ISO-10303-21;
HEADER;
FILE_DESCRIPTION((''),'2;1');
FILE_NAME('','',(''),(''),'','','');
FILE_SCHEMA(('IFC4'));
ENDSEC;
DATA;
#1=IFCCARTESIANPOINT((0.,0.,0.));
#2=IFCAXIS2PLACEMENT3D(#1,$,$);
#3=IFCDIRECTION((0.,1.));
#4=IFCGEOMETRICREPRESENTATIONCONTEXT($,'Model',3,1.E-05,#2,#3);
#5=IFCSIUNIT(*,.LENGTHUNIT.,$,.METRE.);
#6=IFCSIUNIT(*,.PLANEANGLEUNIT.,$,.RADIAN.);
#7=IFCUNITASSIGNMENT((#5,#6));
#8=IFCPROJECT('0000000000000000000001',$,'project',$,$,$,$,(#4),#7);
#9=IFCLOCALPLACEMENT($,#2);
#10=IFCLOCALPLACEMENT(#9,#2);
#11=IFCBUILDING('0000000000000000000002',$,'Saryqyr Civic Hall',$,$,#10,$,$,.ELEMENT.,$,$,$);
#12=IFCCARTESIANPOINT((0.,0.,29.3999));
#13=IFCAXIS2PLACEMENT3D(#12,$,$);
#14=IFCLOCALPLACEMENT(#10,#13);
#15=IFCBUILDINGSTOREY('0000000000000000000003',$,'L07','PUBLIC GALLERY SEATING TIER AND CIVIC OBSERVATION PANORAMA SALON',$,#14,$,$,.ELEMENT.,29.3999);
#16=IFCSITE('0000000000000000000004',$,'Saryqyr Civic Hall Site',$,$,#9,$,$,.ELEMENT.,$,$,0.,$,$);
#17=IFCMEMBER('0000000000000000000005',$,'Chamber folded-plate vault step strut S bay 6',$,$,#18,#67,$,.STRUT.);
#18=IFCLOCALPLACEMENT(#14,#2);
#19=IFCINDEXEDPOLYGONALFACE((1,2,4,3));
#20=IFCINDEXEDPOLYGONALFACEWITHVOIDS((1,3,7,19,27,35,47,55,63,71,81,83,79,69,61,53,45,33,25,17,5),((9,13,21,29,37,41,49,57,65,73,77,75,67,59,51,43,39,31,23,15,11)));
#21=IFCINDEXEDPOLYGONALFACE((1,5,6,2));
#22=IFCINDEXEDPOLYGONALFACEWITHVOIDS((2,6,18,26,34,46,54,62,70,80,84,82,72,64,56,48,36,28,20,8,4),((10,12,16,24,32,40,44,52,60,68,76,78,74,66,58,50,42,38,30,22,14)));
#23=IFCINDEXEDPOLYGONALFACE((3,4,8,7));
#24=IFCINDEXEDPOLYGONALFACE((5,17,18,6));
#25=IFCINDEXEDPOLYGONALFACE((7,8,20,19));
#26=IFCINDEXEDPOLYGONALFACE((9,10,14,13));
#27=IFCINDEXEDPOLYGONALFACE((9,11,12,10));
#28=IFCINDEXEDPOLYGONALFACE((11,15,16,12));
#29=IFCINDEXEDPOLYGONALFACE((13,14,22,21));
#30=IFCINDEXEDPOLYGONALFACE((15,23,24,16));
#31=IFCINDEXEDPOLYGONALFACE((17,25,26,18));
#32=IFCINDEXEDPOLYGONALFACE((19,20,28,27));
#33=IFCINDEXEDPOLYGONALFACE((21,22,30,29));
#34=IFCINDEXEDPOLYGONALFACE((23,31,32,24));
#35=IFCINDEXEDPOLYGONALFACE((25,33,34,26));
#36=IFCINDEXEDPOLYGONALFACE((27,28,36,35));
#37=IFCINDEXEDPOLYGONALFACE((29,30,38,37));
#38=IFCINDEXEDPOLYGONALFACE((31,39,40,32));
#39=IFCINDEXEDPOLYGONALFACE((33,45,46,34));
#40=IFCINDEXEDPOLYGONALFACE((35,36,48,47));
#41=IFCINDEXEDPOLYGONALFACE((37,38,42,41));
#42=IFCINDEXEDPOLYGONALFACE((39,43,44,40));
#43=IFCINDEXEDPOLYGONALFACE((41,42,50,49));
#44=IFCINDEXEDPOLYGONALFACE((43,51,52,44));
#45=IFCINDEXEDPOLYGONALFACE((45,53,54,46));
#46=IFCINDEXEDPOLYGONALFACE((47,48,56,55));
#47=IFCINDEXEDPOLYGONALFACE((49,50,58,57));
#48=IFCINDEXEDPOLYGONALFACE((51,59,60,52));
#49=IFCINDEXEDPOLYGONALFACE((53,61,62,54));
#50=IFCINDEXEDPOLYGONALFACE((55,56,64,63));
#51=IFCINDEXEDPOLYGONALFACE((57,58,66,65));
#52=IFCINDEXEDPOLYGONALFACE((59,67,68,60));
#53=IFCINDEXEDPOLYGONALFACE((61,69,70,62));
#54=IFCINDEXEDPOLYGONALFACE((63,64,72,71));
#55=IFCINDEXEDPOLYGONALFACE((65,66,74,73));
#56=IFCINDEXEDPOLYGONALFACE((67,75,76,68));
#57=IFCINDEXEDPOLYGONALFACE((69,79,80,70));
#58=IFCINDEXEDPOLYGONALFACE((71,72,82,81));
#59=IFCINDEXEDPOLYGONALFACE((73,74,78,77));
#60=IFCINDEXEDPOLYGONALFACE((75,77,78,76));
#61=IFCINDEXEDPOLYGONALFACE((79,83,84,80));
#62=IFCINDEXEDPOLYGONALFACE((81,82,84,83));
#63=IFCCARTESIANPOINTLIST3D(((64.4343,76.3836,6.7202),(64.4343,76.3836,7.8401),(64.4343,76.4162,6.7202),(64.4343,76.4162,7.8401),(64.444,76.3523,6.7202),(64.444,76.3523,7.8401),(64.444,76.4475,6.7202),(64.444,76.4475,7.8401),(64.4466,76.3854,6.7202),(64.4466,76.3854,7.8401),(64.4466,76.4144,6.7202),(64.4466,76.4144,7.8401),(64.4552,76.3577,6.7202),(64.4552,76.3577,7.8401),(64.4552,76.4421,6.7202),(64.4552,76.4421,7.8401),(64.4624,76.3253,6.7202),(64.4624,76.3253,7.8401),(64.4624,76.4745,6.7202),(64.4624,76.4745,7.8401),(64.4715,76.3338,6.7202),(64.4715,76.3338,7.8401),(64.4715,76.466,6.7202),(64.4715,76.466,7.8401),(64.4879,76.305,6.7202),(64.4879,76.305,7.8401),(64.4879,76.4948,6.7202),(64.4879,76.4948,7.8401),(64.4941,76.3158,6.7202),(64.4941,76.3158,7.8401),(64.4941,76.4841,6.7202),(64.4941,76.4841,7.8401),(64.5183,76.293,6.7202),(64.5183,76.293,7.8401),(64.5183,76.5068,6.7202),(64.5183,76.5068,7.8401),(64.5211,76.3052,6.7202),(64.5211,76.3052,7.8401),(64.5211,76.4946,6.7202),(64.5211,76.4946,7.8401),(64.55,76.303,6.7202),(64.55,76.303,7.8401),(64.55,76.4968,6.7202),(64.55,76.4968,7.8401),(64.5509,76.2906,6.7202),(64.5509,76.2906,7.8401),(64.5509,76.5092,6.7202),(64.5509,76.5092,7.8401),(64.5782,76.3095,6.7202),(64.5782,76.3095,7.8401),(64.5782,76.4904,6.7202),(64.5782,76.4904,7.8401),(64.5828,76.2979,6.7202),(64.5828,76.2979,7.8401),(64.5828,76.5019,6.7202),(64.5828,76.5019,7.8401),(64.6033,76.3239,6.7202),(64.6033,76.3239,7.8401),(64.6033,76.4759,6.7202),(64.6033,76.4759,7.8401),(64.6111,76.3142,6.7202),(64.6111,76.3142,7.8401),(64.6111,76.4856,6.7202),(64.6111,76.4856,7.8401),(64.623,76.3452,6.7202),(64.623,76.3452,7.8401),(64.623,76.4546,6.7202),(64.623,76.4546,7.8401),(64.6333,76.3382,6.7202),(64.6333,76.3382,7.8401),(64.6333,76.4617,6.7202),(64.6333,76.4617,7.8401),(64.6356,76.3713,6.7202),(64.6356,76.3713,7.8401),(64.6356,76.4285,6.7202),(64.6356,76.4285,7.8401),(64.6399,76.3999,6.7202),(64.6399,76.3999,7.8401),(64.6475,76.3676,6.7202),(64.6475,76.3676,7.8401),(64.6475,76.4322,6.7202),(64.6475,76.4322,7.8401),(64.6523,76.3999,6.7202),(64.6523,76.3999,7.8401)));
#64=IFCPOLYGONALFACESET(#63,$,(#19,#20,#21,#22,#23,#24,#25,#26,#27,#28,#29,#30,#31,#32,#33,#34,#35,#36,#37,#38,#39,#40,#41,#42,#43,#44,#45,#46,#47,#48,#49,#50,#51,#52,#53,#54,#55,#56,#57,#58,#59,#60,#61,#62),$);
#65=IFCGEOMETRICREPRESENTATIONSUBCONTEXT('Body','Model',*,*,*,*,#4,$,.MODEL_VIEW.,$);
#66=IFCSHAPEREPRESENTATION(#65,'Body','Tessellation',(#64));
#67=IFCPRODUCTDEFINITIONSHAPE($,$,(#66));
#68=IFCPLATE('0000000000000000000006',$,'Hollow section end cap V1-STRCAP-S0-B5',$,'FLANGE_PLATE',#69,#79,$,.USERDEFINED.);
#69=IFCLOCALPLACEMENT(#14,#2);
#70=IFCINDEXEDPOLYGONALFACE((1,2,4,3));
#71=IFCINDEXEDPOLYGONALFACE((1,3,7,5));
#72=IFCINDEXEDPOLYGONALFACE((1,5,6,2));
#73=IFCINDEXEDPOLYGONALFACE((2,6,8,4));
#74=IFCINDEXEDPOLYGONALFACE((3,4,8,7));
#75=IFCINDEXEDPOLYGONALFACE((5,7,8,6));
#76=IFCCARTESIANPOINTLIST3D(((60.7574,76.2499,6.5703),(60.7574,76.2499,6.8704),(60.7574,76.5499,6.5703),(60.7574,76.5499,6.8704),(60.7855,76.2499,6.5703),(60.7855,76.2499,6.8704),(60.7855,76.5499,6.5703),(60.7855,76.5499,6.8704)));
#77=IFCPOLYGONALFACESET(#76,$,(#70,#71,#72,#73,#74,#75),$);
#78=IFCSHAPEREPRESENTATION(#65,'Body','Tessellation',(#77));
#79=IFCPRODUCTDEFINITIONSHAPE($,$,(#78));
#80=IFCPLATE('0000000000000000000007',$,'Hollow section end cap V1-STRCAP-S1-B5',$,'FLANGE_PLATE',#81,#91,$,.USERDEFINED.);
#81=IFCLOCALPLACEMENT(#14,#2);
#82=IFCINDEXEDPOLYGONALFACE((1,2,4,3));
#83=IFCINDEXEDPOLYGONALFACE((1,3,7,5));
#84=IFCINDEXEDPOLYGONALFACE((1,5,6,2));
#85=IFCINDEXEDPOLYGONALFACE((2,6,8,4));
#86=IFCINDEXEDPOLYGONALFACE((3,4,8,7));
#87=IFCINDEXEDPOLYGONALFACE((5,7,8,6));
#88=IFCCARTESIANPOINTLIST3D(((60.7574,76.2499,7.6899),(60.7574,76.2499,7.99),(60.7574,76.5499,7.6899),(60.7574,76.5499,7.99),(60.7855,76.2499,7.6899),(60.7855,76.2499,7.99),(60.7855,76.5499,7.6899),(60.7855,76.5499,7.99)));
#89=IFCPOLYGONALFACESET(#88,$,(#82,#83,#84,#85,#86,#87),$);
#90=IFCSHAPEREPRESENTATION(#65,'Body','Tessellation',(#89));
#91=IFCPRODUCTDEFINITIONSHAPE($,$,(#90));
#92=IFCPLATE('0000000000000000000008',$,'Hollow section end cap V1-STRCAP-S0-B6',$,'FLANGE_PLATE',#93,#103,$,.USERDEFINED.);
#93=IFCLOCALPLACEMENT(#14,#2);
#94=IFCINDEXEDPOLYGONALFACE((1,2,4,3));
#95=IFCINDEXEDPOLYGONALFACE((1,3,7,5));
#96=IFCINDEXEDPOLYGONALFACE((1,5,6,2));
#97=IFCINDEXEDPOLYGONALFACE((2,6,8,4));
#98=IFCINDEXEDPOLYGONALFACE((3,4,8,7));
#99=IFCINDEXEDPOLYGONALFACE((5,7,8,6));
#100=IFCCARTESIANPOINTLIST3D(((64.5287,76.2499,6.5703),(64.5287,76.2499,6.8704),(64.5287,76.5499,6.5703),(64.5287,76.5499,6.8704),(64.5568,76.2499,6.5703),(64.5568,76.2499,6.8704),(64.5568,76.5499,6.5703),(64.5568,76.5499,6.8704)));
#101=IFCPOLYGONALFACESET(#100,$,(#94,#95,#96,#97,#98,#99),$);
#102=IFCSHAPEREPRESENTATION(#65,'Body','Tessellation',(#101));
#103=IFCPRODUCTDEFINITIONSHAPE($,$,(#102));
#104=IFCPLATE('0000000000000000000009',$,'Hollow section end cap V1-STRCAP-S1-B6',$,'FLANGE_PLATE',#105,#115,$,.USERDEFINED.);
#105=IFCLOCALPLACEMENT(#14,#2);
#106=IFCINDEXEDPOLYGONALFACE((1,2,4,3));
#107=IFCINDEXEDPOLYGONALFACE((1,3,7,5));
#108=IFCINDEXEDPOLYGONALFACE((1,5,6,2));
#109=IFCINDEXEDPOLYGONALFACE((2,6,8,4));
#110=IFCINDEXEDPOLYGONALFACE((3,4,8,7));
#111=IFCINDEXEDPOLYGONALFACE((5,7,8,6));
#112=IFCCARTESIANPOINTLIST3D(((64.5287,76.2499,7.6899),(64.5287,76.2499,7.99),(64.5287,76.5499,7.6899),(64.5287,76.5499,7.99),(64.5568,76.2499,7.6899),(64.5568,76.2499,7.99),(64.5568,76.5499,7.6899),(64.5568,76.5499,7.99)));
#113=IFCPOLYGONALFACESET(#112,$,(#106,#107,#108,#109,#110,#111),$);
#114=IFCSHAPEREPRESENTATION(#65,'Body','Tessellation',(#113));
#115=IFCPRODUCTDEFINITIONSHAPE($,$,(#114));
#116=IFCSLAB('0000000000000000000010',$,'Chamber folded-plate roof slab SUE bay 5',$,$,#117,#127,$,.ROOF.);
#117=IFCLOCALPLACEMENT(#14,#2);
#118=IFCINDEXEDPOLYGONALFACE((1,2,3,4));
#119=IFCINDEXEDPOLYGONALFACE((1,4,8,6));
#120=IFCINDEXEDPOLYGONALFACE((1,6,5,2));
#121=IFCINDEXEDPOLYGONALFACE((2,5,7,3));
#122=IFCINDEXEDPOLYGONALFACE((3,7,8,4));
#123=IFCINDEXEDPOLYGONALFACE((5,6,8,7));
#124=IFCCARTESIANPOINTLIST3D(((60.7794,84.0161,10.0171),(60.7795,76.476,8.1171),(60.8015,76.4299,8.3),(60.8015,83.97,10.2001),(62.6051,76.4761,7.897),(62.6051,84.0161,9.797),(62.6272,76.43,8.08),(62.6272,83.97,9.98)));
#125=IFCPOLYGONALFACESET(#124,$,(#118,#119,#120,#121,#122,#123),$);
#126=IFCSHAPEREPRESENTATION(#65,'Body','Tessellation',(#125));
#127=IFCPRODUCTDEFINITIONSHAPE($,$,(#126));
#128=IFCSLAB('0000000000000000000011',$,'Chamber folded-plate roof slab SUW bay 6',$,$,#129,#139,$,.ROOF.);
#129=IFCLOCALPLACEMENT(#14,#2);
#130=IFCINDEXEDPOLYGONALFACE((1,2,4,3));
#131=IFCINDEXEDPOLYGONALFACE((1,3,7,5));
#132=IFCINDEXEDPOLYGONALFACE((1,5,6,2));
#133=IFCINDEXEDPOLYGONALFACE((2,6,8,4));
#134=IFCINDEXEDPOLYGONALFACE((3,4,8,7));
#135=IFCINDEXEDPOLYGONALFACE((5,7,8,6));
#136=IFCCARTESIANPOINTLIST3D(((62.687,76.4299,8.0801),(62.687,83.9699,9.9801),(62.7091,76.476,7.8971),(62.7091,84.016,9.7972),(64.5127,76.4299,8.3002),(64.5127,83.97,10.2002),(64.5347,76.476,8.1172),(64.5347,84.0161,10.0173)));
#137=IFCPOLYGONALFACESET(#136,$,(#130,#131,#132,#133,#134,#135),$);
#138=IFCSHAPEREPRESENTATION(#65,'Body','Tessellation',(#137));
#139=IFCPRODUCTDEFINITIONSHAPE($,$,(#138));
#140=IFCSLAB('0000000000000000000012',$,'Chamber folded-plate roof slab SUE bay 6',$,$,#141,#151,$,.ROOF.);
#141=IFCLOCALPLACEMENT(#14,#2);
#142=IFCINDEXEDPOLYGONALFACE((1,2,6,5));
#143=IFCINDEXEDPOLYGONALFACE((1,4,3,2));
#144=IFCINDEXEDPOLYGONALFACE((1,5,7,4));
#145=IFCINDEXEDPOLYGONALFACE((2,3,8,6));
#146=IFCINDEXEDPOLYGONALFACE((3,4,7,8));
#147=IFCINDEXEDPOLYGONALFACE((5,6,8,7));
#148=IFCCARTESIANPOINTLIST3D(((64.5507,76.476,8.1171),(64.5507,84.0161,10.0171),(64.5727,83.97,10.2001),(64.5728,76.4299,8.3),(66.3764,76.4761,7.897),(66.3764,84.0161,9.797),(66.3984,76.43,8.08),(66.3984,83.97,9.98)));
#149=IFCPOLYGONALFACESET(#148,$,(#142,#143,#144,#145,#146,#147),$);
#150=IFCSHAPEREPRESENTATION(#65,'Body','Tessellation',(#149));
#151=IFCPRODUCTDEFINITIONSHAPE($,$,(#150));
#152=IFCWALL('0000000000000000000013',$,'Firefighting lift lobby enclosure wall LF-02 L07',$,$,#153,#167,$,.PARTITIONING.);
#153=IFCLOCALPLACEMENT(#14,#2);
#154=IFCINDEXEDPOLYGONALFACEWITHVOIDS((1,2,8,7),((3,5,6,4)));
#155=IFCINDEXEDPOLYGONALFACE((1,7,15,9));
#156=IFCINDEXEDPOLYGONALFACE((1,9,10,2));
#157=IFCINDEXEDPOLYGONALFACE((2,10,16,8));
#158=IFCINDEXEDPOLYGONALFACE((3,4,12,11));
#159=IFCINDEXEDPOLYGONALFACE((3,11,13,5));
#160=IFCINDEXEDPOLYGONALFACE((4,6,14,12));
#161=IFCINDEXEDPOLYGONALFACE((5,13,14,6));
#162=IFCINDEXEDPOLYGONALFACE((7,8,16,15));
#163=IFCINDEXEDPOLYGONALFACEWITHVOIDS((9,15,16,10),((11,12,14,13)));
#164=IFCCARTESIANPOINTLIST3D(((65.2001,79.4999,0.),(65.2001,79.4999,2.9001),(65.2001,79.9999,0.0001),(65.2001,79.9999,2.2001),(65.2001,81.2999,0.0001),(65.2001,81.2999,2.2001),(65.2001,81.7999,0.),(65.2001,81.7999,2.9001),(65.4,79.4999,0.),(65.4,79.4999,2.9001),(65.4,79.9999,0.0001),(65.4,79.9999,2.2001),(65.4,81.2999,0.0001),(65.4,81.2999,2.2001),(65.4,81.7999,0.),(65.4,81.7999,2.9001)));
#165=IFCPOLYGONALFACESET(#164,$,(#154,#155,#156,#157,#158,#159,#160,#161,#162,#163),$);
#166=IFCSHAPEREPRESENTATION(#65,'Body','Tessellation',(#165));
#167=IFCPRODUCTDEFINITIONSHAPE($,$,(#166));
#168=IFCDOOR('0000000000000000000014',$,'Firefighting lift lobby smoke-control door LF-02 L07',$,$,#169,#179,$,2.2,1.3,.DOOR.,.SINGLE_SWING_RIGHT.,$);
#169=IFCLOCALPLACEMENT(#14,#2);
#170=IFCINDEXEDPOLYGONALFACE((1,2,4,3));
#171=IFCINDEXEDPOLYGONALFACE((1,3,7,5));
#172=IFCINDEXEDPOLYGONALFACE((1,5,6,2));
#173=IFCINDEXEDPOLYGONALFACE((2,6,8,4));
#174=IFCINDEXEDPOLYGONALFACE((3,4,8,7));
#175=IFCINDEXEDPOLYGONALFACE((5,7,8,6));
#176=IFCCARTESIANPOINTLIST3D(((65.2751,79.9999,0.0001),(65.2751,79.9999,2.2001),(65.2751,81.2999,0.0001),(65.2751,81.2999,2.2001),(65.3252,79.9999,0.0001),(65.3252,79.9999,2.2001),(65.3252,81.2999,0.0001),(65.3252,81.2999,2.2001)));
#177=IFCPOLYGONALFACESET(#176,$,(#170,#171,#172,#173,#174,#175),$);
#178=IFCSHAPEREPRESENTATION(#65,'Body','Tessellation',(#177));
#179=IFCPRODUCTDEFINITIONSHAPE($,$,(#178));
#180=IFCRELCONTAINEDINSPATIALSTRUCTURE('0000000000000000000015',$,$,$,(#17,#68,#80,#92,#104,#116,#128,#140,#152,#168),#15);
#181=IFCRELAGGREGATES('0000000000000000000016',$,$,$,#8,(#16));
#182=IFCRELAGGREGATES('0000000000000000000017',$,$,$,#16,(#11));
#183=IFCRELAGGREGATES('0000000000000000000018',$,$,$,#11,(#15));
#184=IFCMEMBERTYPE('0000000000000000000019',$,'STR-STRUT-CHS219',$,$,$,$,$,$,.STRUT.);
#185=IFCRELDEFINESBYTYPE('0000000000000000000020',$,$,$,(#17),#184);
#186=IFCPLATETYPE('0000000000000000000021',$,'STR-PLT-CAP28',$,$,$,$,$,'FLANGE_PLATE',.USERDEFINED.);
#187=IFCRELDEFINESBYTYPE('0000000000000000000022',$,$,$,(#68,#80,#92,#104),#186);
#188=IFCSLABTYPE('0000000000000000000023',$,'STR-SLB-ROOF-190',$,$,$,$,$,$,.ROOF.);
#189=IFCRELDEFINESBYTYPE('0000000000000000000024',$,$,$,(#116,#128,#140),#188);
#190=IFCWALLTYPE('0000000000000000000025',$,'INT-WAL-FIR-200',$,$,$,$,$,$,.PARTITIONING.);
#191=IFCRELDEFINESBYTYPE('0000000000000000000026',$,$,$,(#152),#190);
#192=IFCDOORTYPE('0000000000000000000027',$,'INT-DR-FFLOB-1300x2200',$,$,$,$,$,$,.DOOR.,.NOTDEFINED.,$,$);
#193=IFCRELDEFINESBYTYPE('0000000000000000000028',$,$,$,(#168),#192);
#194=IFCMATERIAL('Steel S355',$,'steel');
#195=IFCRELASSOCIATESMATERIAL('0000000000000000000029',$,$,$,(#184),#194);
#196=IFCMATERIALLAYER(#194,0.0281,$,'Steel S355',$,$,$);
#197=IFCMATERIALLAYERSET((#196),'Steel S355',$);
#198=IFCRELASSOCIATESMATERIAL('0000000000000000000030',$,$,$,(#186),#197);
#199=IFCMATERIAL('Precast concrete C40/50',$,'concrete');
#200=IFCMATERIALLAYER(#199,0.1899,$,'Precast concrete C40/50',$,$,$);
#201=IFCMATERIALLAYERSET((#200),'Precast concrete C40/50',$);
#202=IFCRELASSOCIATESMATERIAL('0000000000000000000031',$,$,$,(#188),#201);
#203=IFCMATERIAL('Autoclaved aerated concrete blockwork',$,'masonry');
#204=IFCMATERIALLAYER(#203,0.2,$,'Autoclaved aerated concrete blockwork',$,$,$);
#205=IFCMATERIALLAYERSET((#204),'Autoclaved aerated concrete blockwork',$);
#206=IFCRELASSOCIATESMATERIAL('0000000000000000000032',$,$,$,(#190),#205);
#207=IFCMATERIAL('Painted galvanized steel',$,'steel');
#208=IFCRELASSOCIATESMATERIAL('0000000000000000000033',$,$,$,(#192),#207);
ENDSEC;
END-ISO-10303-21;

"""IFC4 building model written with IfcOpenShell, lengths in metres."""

from ifc_helpers import new_model, si_unit, direction, frame, frame_2d, origin, origin_2d, place, context, subcontext, project, spatial, polyline, rectangle, hollow_circle, outline, extrude, material, layer, layer_set, material_profile, profile_set, type_object, element, fill, save


model = new_model("IFC4")

# Units and contexts
model_context = context("Model", 3, precision=1e-05, world=origin(), true_north=direction((0.0, 1.0)))
body_context = subcontext(model_context, "Body", "Model", "MODEL_VIEW")
ifc_project = project(units=[si_unit("LENGTHUNIT", "METRE"), si_unit("PLANEANGLEUNIT", "RADIAN")], contexts=[model_context])

# Site, building, storey
site_placement = place(None, origin())
site = spatial("IfcSite", under=ifc_project, at=site_placement, Name="Saryqyr Civic Hall Site", CompositionType="ELEMENT", RefElevation=0.0)
building_placement = place(site_placement, origin())
building = spatial("IfcBuilding", under=site, at=building_placement, Name="Saryqyr Civic Hall", CompositionType="ELEMENT")
storey_placement = place(building_placement, frame((0.0, 0.0, 29.3999)))
storey = spatial("IfcBuildingStorey", under=building, at=storey_placement, Name="L07", Description="PUBLIC GALLERY SEATING TIER AND CIVIC OBSERVATION PANORAMA SALON", CompositionType="ELEMENT", Elevation=29.3999)

# Member
ifc_material_1 = material(Name="Steel S355", Category="steel")
ifc_material_profile_1 = material_profile(ifc_material_1, hollow_circle(Radius=0.1096, WallThickness=0.0125, at=origin_2d()), Name="CHS 219.1x12.5")
ifc_profile_set_1 = profile_set([ifc_material_profile_1], Name="Steel S355")
member_type_1 = type_object("IfcMemberType", Name="STR-STRUT-CHS219", PredefinedType="STRUT", material=ifc_profile_set_1)
for number, where, z_axis, x_axis, name in (
    (1, (64.5427, 76.3999, 6.7202), (0.0, 0.0, 1.0), (1.0, 0.0, 0.0), "Chamber folded-plate vault step strut S bay 6"),
):
    element("IfcMember", number, at=place(storey_placement, frame(where, z_axis=z_axis, x_axis=x_axis)), inside=storey, type_object=member_type_1, Name=name, PredefinedType="STRUT", context=body_context, shape_type="SweptSolid", body=[
        extrude(hollow_circle(Radius=0.1096, WallThickness=0.0125, at=origin_2d()), origin(), (0.0, 0.0, 1.0), 1.1199),
    ])

# Plates
ifc_layer_1 = layer(ifc_material_1, 0.0281, Name="Steel S355")
ifc_layer_set_1 = layer_set([ifc_layer_1], Name="Steel S355")
plate_type = type_object("IfcPlateType", Name="STR-PLT-CAP28", ElementType="FLANGE_PLATE", PredefinedType="USERDEFINED", material=ifc_layer_set_1)
for number, where, z_axis, x_axis, name in (
    (2, (60.7715, 76.3999, 6.5703), (0.0, 0.0, 1.0), (1.0, 0.0, 0.0), "Hollow section end cap V1-STRCAP-S0-B5"),
    (3, (60.7715, 76.3999, 7.6899), (0.0, 0.0, 1.0), (1.0, 0.0, 0.0), "Hollow section end cap V1-STRCAP-S1-B5"),
    (4, (64.5427, 76.3999, 6.5703), (0.0, 0.0, 1.0), (1.0, 0.0, 0.0), "Hollow section end cap V1-STRCAP-S0-B6"),
    (5, (64.5427, 76.3999, 7.6899), (0.0, 0.0, 1.0), (1.0, 0.0, 0.0), "Hollow section end cap V1-STRCAP-S1-B6"),
):
    element("IfcPlate", number, at=place(storey_placement, frame(where, z_axis=z_axis, x_axis=x_axis)), inside=storey, type_object=plate_type, Name=name, ObjectType="FLANGE_PLATE", PredefinedType="USERDEFINED", context=body_context, shape_type="SweptSolid", body=[
        extrude(rectangle(XDim=0.0281, YDim=0.3, at=origin_2d()), origin(), (0.0, 0.0, 1.0), 0.3),
    ])

# Slabs
ifc_material_2 = material(Name="Precast concrete C40/50", Category="concrete")
ifc_layer_2 = layer(ifc_material_2, 0.1899, Name="Precast concrete C40/50")
ifc_layer_set_2 = layer_set([ifc_layer_2], Name="Precast concrete C40/50")
slab_type = type_object("IfcSlabType", Name="STR-SLB-ROOF-190", PredefinedType="ROOF", material=ifc_layer_set_2)
slab_1_placement = place(storey_placement, frame((60.8015, 76.4299, 8.3), z_axis=(0.116109, -0.2427, 0.963128), x_axis=(0.992812, 0.000016, -0.119683)))
element("IfcSlab", 6, at=slab_1_placement, inside=storey, type_object=slab_type, Name="Chamber folded-plate roof slab SUE bay 5", PredefinedType="ROOF", context=body_context, shape_type="SweptSolid", body=[
    extrude(outline(polyline([(0.0, 0.0), (1.8389, 0.0), (1.6116, 7.7724), (-0.2273, 7.7725), (0.0, 0.0)])), origin(), (0.0, 0.0, -1.0), 0.1899),
])
slab_2_placement = place(storey_placement, frame((62.687, 76.4299, 8.0801), z_axis=(-0.116109, -0.2427, 0.963128), x_axis=(0.992812, -0.000016, 0.119683)))
element("IfcSlab", 7, at=slab_2_placement, inside=storey, type_object=slab_type, Name="Chamber folded-plate roof slab SUW bay 6", PredefinedType="ROOF", context=body_context, shape_type="SweptSolid", body=[
    extrude(outline(polyline([(0.0, 0.0), (1.8389, 0.0), (2.0662, 7.7725), (0.2273, 7.7724), (0.0, 0.0)])), origin(), (0.0, 0.0, -1.0), 0.1899),
])
slab_3_placement = place(storey_placement, frame((64.5728, 76.4299, 8.3), z_axis=(0.116109, -0.2427, 0.963128), x_axis=(0.992812, 0.000016, -0.119683)))
element("IfcSlab", 8, at=slab_3_placement, inside=storey, type_object=slab_type, Name="Chamber folded-plate roof slab SUE bay 6", PredefinedType="ROOF", context=body_context, shape_type="SweptSolid", body=[
    extrude(outline(polyline([(0.0, 0.0), (1.8389, 0.0), (1.6116, 7.7724), (-0.2273, 7.7725), (0.0, 0.0)])), origin(), (0.0, 0.0, -1.0), 0.1899),
])

# Wall, opening, door
ifc_material_3 = material(Name="Autoclaved aerated concrete blockwork", Category="masonry")
ifc_layer_3 = layer(ifc_material_3, 0.2, Name="Autoclaved aerated concrete blockwork")
ifc_layer_set_3 = layer_set([ifc_layer_3], Name="Autoclaved aerated concrete blockwork")
wall_type_1 = type_object("IfcWallType", Name="INT-WAL-FIR-200", PredefinedType="PARTITIONING", material=ifc_layer_set_3)
wall_1_placement = place(storey_placement, frame((65.3, 79.5, 0.0), z_axis=(0.0, 0.0, 1.0), x_axis=(0.0, 1.0, 0.0)))
wall_1 = element("IfcWall", 9, at=wall_1_placement, inside=storey, type_object=wall_type_1, Name="Firefighting lift lobby enclosure wall LF-02 L07", PredefinedType="PARTITIONING", context=body_context, shape_type="SweptSolid", body=[
    extrude(rectangle(XDim=2.3, YDim=0.2, at=frame_2d((1.1499, 0.0))), origin(), (0.0, 0.0, 1.0), 2.9001),
])
opening_1_placement = place(wall_1_placement, frame((0.5, 0.0, 0.0)))
opening_1 = element("IfcOpeningElement", 10, at=opening_1_placement, cuts=wall_1, PredefinedType="OPENING", context=body_context, shape_type="SweptSolid", body=[
    extrude(rectangle(XDim=1.3, YDim=2.2, at=frame_2d((0.6499, 1.1001))), frame((0.0, 0.1099, 0.0), z_axis=(0.0, -1.0, 0.0), x_axis=(1.0, 0.0, 0.0)), (0.0, 0.0, 1.0), 0.22),
])
ifc_material_4 = material(Name="Painted galvanized steel", Category="steel")
door_type_1 = type_object("IfcDoorType", Name="INT-DR-FFLOB-1300x2200", OperationType="NOTDEFINED", PredefinedType="DOOR", material=ifc_material_4)
door_1_placement = place(opening_1_placement, origin())
door_1 = element("IfcDoor", 11, at=door_1_placement, inside=storey, type_object=door_type_1, Name="Firefighting lift lobby smoke-control door LF-02 L07", OperationType="SINGLE_SWING_RIGHT", OverallHeight=2.2, OverallWidth=1.3, PredefinedType="DOOR", context=body_context, shape_type="SweptSolid", body=[
    extrude(rectangle(XDim=1.3, YDim=2.2, at=frame_2d((0.6499, 1.1001))), frame((0.0, 0.0249, 0.0), z_axis=(0.0, -1.0, 0.0), x_axis=(1.0, 0.0, 0.0)), (0.0, 0.0, 1.0), 0.05),
])
fill(opening_1, door_1)

save(model, "model.ifc")
